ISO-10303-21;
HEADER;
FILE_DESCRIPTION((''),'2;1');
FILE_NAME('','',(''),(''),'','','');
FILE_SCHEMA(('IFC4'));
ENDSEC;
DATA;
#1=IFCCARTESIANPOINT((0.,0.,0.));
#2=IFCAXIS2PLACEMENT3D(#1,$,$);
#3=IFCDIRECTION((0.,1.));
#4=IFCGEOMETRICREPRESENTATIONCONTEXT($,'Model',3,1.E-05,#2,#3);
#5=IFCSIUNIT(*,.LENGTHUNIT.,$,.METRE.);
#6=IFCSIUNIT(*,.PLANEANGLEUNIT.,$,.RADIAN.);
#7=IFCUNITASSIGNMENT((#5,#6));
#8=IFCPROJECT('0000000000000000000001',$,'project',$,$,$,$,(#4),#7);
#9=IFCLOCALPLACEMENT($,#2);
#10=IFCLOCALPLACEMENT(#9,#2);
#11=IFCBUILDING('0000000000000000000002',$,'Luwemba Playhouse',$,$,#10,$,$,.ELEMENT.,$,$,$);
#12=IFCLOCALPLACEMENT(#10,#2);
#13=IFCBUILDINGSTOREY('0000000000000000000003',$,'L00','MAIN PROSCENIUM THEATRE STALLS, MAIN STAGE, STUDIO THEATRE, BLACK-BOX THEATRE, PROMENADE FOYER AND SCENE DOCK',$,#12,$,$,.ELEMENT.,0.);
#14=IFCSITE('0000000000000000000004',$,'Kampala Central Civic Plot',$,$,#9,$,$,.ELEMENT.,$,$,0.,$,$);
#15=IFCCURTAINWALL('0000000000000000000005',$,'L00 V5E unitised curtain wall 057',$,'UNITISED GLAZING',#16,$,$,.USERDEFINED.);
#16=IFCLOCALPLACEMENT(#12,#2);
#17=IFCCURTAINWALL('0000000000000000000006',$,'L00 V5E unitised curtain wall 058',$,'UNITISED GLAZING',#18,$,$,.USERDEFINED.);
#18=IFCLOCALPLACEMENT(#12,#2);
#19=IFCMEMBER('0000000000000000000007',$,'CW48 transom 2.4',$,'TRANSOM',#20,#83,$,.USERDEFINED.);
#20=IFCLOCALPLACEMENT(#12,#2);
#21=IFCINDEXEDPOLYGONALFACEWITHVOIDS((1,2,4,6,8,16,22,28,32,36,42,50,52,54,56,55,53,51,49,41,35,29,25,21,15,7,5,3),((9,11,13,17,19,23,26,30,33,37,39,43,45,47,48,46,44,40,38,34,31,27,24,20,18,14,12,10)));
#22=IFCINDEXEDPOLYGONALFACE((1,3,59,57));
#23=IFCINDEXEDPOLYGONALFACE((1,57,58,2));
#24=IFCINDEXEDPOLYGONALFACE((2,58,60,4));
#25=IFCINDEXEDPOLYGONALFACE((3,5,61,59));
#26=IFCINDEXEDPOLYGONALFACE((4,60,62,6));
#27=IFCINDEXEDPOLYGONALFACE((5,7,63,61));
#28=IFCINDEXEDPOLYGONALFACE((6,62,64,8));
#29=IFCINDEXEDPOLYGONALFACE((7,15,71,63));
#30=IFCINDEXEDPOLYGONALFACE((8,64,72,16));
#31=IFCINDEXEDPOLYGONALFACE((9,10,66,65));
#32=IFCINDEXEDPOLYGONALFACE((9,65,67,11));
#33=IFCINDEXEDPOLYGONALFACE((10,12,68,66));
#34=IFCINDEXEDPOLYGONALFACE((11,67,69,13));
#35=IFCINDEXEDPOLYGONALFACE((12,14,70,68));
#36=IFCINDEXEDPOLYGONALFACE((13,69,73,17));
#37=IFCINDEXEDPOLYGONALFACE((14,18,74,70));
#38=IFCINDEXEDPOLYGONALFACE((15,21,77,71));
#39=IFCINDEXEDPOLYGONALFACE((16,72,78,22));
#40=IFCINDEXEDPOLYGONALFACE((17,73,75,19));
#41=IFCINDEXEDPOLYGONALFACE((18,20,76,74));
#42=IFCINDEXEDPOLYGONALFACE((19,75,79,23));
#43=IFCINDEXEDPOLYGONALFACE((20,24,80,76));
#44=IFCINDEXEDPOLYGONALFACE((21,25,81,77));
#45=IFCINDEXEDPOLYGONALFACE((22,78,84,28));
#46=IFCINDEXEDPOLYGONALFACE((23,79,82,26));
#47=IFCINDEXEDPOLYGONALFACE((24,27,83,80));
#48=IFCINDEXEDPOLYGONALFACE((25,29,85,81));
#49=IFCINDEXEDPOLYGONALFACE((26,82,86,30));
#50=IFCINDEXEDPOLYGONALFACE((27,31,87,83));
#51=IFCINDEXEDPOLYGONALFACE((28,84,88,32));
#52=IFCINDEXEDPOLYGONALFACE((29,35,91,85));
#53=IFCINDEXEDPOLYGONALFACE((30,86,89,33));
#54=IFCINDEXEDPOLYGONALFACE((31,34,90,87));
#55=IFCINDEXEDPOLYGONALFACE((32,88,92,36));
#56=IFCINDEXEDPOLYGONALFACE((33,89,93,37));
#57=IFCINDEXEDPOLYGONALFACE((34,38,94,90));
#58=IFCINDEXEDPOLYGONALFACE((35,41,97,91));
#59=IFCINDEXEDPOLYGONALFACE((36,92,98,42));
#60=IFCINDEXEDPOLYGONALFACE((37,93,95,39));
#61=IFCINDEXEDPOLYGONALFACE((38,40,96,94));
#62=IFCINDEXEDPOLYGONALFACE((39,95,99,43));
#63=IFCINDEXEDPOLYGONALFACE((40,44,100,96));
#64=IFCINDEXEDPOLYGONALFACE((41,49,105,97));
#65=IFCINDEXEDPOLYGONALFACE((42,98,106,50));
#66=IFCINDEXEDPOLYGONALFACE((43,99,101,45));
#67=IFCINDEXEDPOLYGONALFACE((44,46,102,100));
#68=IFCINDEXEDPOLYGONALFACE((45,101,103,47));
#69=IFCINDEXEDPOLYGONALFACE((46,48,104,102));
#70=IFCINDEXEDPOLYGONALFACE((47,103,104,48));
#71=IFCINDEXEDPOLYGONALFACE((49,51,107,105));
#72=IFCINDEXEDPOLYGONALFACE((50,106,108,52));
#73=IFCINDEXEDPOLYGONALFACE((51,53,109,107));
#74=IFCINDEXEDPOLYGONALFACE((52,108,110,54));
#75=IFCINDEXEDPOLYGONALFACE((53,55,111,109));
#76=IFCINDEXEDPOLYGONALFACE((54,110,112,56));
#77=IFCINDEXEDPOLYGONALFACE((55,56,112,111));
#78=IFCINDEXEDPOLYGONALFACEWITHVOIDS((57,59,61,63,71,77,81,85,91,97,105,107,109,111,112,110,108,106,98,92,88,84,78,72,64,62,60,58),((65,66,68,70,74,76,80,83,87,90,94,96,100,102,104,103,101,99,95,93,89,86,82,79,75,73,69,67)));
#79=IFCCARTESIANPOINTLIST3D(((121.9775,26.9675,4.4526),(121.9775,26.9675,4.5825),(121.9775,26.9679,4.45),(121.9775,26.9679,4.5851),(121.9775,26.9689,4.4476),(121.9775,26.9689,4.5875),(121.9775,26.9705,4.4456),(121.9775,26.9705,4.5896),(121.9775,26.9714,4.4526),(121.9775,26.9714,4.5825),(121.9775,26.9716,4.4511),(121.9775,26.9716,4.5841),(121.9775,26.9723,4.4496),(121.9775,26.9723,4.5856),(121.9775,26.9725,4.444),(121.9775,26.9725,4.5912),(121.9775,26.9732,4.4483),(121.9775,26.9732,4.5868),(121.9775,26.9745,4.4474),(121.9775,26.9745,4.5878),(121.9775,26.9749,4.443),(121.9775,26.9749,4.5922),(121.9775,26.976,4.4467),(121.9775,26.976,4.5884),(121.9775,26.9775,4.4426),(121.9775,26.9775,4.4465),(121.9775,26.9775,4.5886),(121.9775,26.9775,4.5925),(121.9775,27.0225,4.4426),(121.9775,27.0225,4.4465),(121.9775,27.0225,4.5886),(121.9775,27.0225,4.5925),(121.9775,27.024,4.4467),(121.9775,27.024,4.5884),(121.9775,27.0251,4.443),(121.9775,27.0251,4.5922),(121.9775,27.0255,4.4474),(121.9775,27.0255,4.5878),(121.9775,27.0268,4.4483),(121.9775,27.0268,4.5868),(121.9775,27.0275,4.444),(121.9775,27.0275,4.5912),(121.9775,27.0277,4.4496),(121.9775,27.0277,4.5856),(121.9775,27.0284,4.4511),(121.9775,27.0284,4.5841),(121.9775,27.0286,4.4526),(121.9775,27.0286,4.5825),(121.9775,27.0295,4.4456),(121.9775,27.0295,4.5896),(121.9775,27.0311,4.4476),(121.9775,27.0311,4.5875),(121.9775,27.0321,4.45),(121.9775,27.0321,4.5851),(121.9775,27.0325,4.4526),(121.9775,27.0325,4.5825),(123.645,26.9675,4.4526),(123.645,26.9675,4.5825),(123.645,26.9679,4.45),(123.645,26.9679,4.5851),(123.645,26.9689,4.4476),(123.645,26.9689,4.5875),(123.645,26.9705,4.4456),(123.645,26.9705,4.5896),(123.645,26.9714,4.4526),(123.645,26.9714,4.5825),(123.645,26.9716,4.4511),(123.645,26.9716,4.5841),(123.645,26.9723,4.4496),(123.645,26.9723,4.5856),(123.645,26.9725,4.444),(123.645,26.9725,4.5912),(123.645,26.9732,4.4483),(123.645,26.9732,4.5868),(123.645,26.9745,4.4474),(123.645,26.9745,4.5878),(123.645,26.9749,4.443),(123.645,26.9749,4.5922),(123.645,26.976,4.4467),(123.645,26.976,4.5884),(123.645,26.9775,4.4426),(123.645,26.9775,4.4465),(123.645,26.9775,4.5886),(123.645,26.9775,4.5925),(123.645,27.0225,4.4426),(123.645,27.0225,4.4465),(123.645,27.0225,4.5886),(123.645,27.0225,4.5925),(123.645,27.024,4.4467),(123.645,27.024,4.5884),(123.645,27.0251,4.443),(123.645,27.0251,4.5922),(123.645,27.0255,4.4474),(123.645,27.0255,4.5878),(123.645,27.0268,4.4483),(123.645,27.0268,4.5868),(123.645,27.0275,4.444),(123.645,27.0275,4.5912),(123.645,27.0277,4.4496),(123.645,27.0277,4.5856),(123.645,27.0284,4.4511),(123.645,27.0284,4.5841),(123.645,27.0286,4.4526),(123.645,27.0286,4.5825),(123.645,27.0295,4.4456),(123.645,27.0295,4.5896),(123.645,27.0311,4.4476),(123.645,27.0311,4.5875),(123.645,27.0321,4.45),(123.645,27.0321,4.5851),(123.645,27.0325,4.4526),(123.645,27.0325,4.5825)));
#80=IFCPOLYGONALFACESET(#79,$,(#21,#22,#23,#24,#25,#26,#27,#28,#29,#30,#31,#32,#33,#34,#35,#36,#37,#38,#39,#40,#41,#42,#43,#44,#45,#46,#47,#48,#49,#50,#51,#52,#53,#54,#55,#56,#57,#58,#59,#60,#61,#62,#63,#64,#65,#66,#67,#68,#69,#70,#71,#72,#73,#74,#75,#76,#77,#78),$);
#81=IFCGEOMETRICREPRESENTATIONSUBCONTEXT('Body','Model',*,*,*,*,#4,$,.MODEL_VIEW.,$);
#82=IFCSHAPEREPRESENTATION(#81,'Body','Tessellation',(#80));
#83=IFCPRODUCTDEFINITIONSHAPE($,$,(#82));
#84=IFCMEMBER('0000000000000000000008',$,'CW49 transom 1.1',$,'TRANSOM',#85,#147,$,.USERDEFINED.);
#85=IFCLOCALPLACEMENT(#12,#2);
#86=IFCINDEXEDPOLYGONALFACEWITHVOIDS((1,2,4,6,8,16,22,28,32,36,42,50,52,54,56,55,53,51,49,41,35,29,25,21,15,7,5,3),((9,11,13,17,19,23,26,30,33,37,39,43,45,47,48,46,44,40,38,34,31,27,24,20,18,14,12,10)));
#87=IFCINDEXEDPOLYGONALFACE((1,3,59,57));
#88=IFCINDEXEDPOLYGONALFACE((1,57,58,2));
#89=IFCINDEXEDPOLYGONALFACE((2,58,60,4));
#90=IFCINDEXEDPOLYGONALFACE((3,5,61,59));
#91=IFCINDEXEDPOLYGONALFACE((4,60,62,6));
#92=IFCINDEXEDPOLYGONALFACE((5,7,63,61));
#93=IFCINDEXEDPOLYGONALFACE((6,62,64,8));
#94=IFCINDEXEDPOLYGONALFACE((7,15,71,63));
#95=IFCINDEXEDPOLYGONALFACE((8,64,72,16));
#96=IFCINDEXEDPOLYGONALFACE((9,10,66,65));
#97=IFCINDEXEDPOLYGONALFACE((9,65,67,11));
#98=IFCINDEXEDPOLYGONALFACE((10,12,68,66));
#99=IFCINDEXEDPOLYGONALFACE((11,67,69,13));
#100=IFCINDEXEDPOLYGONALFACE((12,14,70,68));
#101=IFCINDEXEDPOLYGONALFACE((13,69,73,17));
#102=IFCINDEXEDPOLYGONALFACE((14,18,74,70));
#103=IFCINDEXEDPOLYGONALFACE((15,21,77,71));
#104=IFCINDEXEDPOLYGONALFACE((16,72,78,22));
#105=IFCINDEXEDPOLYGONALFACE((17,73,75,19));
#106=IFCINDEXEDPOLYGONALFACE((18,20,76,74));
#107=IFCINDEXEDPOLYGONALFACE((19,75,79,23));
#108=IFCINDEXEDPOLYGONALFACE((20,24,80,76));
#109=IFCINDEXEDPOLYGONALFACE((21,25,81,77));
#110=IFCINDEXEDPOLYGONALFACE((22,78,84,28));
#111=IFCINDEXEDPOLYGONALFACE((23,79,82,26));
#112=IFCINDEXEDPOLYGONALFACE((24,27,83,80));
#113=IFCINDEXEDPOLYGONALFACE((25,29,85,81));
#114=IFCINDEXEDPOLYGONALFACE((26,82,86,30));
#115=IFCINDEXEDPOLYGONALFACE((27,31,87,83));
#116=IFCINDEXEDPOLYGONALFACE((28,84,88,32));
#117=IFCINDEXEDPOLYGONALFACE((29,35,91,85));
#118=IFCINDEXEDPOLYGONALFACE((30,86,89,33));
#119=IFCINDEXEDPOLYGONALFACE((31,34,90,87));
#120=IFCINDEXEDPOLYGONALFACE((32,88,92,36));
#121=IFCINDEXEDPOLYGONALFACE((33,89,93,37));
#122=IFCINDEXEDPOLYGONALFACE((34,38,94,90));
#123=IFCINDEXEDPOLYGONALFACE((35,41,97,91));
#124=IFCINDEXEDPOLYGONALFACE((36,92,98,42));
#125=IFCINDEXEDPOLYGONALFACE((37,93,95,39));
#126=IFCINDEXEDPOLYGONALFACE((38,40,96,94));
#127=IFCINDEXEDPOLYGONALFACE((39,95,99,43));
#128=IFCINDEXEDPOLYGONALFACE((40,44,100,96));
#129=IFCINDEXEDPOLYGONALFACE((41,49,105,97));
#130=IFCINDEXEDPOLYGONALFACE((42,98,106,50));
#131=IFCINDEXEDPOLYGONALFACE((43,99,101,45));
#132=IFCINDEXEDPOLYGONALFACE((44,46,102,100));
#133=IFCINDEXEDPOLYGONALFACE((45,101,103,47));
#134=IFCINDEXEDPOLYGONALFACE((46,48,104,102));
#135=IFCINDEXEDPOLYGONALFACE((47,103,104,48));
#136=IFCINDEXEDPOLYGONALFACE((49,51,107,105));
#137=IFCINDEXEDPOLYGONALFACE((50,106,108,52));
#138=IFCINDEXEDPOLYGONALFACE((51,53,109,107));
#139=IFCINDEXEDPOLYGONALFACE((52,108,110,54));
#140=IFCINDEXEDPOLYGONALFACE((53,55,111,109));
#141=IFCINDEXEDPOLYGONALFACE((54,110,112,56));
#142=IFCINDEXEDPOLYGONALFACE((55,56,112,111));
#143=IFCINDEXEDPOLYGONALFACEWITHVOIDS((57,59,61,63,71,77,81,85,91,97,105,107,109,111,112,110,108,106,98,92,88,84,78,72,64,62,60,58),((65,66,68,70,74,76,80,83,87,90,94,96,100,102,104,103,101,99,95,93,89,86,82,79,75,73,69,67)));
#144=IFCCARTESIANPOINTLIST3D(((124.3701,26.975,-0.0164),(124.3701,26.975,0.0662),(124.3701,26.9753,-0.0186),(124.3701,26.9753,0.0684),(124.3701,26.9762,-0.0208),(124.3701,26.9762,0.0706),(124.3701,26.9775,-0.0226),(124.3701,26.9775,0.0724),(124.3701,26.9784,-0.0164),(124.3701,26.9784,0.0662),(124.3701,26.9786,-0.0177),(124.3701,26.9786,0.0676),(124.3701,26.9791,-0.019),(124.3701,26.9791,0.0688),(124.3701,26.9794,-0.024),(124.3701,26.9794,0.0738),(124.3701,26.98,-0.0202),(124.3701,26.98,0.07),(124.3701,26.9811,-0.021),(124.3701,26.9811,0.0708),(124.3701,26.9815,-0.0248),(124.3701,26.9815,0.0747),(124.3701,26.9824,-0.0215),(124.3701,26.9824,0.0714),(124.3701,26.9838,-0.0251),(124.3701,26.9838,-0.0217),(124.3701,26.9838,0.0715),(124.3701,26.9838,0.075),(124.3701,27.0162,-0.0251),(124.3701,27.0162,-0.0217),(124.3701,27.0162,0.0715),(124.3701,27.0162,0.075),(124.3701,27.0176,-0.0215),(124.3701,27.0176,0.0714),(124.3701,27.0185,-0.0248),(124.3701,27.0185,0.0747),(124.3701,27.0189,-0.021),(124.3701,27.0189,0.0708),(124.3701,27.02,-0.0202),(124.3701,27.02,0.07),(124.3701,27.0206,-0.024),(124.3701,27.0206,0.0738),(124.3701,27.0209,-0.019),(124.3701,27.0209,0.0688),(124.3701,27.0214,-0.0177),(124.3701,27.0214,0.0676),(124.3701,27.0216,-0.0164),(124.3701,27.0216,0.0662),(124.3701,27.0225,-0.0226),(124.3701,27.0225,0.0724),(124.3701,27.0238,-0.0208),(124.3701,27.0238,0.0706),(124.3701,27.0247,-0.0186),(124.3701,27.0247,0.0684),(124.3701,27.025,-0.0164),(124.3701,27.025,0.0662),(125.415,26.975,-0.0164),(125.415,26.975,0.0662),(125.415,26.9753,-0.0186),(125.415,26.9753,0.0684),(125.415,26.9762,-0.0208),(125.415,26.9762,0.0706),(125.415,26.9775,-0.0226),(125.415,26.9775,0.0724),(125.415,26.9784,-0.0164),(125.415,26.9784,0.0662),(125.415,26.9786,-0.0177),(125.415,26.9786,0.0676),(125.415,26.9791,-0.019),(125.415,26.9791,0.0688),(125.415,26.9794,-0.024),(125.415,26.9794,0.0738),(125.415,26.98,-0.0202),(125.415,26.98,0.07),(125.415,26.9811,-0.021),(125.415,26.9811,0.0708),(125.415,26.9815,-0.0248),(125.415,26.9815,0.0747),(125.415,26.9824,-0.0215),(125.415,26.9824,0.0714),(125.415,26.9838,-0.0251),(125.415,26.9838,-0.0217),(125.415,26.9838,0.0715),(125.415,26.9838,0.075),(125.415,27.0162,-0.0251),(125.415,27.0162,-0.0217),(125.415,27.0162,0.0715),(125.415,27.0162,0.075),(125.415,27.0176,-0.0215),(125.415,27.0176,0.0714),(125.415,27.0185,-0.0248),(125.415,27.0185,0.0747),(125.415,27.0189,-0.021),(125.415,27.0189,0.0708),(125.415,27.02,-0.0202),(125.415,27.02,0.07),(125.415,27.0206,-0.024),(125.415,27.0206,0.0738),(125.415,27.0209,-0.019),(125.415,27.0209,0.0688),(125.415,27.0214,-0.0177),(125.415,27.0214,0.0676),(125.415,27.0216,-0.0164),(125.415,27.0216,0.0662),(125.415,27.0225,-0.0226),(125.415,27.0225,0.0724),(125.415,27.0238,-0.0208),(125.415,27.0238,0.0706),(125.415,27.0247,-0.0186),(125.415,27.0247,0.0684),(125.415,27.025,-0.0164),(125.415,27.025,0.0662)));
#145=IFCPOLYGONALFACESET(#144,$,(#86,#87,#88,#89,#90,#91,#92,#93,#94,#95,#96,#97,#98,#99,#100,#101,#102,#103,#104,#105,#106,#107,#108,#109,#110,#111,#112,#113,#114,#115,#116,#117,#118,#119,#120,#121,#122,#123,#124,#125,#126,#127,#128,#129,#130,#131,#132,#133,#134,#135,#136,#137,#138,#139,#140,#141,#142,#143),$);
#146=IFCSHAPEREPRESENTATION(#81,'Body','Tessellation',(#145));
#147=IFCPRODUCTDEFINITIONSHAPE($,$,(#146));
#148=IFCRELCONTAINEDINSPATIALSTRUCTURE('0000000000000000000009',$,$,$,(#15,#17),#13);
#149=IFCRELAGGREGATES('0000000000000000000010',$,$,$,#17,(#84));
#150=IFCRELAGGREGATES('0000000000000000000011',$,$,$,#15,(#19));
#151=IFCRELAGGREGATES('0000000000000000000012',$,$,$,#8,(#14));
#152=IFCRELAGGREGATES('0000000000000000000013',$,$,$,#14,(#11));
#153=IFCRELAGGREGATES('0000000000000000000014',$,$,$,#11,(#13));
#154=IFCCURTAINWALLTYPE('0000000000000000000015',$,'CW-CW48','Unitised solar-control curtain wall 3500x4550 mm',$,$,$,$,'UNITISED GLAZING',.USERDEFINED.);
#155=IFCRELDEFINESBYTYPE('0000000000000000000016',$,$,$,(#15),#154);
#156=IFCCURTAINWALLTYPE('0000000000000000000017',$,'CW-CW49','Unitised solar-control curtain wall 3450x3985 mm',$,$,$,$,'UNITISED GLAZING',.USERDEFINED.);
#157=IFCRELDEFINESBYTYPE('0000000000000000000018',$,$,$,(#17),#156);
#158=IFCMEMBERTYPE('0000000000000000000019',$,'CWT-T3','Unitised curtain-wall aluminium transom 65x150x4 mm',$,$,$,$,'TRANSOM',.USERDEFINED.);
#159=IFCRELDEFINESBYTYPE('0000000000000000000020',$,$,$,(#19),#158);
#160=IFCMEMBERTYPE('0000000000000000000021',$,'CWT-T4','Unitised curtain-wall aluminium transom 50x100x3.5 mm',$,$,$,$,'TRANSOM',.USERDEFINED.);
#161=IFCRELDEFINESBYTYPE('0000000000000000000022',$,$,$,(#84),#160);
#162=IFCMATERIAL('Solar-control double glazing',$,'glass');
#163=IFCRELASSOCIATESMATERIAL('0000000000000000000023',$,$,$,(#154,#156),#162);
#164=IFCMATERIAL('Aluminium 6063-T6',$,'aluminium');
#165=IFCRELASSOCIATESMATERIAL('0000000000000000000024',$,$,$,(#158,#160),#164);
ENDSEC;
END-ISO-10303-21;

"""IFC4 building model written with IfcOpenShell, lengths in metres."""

from ifc_helpers import new_model, si_unit, direction, frame, origin, origin_2d, place, context, subcontext, project, spatial, hollow_rectangle, extrude, material, material_profile, profile_set, type_object, element, aggregate, save


model = new_model("IFC4")

# Units and contexts
model_context = context("Model", 3, precision=1e-05, world=origin(), true_north=direction((0.0, 1.0)))
body_context = subcontext(model_context, "Body", "Model", "MODEL_VIEW")
ifc_project = project(units=[si_unit("LENGTHUNIT", "METRE"), si_unit("PLANEANGLEUNIT", "RADIAN")], contexts=[model_context])

# Site, building, storey
site_placement = place(None, origin())
site = spatial("IfcSite", under=ifc_project, at=site_placement, Name="Kampala Central Civic Plot", CompositionType="ELEMENT", RefElevation=0.0)
building_placement = place(site_placement, origin())
building = spatial("IfcBuilding", under=site, at=building_placement, Name="Luwemba Playhouse", CompositionType="ELEMENT")
storey_placement = place(building_placement, origin())
storey = spatial("IfcBuildingStorey", under=building, at=storey_placement, Name="L00", Description="MAIN PROSCENIUM THEATRE STALLS, MAIN STAGE, STUDIO THEATRE, BLACK-BOX THEATRE, PROMENADE FOYER AND SCENE DOCK", CompositionType="ELEMENT", Elevation=0.0)

# Shared definitions
ifc_material_1 = material(Name="Solar-control double glazing", Category="glass")
ifc_material_2 = material(Name="Aluminium 6063-T6", Category="aluminium")

# Curtain wall
curtain_wall_type_1 = type_object("IfcCurtainWallType", Name="CW-CW48", Description="Unitised solar-control curtain wall 3500x4550 mm", ElementType="UNITISED GLAZING", PredefinedType="USERDEFINED", material=ifc_material_1)
curtain_wall_1_placement = place(storey_placement, origin())
curtain_wall_1 = element("IfcCurtainWall", 1, at=curtain_wall_1_placement, inside=storey, type_object=curtain_wall_type_1, Name="L00 V5E unitised curtain wall 057", ObjectType="UNITISED GLAZING", PredefinedType="USERDEFINED")

# Curtain wall
curtain_wall_type_2 = type_object("IfcCurtainWallType", Name="CW-CW49", Description="Unitised solar-control curtain wall 3450x3985 mm", ElementType="UNITISED GLAZING", PredefinedType="USERDEFINED", material=ifc_material_1)
curtain_wall_2_placement = place(storey_placement, origin())
curtain_wall_2 = element("IfcCurtainWall", 2, at=curtain_wall_2_placement, inside=storey, type_object=curtain_wall_type_2, Name="L00 V5E unitised curtain wall 058", ObjectType="UNITISED GLAZING", PredefinedType="USERDEFINED")

# Members
ifc_material_profile_1 = material_profile(ifc_material_2, hollow_rectangle(XDim=0.0649, YDim=0.1499, WallThickness=0.0039, InnerFilletRadius=0.0061, OuterFilletRadius=0.01, at=origin_2d()))
ifc_profile_set_1 = profile_set([ifc_material_profile_1], Name="Aluminium 6063-T6")
member_type_1 = type_object("IfcMemberType", Name="CWT-T3", Description="Unitised curtain-wall aluminium transom 65x150x4 mm", ElementType="TRANSOM", PredefinedType="USERDEFINED", material=ifc_profile_set_1)
member_1_placement = place(storey_placement, frame((121.9775, 27.0, 4.5176), z_axis=(1.0, 0.0, 0.0), x_axis=(0.0, 1.0, 0.0)))
member_1 = element("IfcMember", 3, at=member_1_placement, type_object=member_type_1, Name="CW48 transom 2.4", ObjectType="TRANSOM", PredefinedType="USERDEFINED", context=body_context, shape_type="SweptSolid", body=[
    extrude(hollow_rectangle(XDim=0.0649, YDim=0.1499, WallThickness=0.0039, InnerFilletRadius=0.0061, OuterFilletRadius=0.01, at=origin_2d()), origin(), (0.0, 0.0, 1.0), 1.6675),
])
ifc_material_profile_2 = material_profile(ifc_material_2, hollow_rectangle(XDim=0.05, YDim=0.1001, WallThickness=0.0034, InnerFilletRadius=0.0054, OuterFilletRadius=0.0088, at=origin_2d()))
ifc_profile_set_2 = profile_set([ifc_material_profile_2], Name="Aluminium 6063-T6")
member_type_2 = type_object("IfcMemberType", Name="CWT-T4", Description="Unitised curtain-wall aluminium transom 50x100x3.5 mm", ElementType="TRANSOM", PredefinedType="USERDEFINED", material=ifc_profile_set_2)
member_2_placement = place(storey_placement, frame((124.3701, 27.0, 0.0249), z_axis=(1.0, 0.0, 0.0), x_axis=(0.0, 1.0, 0.0)))
member_2 = element("IfcMember", 4, at=member_2_placement, type_object=member_type_2, Name="CW49 transom 1.1", ObjectType="TRANSOM", PredefinedType="USERDEFINED", context=body_context, shape_type="SweptSolid", body=[
    extrude(hollow_rectangle(XDim=0.05, YDim=0.1001, WallThickness=0.0034, InnerFilletRadius=0.0054, OuterFilletRadius=0.0088, at=origin_2d()), origin(), (0.0, 0.0, 1.0), 1.0449),
])
aggregate(curtain_wall_2, [member_2])

aggregate(curtain_wall_1, [member_1])

save(model, "model.ifc")
